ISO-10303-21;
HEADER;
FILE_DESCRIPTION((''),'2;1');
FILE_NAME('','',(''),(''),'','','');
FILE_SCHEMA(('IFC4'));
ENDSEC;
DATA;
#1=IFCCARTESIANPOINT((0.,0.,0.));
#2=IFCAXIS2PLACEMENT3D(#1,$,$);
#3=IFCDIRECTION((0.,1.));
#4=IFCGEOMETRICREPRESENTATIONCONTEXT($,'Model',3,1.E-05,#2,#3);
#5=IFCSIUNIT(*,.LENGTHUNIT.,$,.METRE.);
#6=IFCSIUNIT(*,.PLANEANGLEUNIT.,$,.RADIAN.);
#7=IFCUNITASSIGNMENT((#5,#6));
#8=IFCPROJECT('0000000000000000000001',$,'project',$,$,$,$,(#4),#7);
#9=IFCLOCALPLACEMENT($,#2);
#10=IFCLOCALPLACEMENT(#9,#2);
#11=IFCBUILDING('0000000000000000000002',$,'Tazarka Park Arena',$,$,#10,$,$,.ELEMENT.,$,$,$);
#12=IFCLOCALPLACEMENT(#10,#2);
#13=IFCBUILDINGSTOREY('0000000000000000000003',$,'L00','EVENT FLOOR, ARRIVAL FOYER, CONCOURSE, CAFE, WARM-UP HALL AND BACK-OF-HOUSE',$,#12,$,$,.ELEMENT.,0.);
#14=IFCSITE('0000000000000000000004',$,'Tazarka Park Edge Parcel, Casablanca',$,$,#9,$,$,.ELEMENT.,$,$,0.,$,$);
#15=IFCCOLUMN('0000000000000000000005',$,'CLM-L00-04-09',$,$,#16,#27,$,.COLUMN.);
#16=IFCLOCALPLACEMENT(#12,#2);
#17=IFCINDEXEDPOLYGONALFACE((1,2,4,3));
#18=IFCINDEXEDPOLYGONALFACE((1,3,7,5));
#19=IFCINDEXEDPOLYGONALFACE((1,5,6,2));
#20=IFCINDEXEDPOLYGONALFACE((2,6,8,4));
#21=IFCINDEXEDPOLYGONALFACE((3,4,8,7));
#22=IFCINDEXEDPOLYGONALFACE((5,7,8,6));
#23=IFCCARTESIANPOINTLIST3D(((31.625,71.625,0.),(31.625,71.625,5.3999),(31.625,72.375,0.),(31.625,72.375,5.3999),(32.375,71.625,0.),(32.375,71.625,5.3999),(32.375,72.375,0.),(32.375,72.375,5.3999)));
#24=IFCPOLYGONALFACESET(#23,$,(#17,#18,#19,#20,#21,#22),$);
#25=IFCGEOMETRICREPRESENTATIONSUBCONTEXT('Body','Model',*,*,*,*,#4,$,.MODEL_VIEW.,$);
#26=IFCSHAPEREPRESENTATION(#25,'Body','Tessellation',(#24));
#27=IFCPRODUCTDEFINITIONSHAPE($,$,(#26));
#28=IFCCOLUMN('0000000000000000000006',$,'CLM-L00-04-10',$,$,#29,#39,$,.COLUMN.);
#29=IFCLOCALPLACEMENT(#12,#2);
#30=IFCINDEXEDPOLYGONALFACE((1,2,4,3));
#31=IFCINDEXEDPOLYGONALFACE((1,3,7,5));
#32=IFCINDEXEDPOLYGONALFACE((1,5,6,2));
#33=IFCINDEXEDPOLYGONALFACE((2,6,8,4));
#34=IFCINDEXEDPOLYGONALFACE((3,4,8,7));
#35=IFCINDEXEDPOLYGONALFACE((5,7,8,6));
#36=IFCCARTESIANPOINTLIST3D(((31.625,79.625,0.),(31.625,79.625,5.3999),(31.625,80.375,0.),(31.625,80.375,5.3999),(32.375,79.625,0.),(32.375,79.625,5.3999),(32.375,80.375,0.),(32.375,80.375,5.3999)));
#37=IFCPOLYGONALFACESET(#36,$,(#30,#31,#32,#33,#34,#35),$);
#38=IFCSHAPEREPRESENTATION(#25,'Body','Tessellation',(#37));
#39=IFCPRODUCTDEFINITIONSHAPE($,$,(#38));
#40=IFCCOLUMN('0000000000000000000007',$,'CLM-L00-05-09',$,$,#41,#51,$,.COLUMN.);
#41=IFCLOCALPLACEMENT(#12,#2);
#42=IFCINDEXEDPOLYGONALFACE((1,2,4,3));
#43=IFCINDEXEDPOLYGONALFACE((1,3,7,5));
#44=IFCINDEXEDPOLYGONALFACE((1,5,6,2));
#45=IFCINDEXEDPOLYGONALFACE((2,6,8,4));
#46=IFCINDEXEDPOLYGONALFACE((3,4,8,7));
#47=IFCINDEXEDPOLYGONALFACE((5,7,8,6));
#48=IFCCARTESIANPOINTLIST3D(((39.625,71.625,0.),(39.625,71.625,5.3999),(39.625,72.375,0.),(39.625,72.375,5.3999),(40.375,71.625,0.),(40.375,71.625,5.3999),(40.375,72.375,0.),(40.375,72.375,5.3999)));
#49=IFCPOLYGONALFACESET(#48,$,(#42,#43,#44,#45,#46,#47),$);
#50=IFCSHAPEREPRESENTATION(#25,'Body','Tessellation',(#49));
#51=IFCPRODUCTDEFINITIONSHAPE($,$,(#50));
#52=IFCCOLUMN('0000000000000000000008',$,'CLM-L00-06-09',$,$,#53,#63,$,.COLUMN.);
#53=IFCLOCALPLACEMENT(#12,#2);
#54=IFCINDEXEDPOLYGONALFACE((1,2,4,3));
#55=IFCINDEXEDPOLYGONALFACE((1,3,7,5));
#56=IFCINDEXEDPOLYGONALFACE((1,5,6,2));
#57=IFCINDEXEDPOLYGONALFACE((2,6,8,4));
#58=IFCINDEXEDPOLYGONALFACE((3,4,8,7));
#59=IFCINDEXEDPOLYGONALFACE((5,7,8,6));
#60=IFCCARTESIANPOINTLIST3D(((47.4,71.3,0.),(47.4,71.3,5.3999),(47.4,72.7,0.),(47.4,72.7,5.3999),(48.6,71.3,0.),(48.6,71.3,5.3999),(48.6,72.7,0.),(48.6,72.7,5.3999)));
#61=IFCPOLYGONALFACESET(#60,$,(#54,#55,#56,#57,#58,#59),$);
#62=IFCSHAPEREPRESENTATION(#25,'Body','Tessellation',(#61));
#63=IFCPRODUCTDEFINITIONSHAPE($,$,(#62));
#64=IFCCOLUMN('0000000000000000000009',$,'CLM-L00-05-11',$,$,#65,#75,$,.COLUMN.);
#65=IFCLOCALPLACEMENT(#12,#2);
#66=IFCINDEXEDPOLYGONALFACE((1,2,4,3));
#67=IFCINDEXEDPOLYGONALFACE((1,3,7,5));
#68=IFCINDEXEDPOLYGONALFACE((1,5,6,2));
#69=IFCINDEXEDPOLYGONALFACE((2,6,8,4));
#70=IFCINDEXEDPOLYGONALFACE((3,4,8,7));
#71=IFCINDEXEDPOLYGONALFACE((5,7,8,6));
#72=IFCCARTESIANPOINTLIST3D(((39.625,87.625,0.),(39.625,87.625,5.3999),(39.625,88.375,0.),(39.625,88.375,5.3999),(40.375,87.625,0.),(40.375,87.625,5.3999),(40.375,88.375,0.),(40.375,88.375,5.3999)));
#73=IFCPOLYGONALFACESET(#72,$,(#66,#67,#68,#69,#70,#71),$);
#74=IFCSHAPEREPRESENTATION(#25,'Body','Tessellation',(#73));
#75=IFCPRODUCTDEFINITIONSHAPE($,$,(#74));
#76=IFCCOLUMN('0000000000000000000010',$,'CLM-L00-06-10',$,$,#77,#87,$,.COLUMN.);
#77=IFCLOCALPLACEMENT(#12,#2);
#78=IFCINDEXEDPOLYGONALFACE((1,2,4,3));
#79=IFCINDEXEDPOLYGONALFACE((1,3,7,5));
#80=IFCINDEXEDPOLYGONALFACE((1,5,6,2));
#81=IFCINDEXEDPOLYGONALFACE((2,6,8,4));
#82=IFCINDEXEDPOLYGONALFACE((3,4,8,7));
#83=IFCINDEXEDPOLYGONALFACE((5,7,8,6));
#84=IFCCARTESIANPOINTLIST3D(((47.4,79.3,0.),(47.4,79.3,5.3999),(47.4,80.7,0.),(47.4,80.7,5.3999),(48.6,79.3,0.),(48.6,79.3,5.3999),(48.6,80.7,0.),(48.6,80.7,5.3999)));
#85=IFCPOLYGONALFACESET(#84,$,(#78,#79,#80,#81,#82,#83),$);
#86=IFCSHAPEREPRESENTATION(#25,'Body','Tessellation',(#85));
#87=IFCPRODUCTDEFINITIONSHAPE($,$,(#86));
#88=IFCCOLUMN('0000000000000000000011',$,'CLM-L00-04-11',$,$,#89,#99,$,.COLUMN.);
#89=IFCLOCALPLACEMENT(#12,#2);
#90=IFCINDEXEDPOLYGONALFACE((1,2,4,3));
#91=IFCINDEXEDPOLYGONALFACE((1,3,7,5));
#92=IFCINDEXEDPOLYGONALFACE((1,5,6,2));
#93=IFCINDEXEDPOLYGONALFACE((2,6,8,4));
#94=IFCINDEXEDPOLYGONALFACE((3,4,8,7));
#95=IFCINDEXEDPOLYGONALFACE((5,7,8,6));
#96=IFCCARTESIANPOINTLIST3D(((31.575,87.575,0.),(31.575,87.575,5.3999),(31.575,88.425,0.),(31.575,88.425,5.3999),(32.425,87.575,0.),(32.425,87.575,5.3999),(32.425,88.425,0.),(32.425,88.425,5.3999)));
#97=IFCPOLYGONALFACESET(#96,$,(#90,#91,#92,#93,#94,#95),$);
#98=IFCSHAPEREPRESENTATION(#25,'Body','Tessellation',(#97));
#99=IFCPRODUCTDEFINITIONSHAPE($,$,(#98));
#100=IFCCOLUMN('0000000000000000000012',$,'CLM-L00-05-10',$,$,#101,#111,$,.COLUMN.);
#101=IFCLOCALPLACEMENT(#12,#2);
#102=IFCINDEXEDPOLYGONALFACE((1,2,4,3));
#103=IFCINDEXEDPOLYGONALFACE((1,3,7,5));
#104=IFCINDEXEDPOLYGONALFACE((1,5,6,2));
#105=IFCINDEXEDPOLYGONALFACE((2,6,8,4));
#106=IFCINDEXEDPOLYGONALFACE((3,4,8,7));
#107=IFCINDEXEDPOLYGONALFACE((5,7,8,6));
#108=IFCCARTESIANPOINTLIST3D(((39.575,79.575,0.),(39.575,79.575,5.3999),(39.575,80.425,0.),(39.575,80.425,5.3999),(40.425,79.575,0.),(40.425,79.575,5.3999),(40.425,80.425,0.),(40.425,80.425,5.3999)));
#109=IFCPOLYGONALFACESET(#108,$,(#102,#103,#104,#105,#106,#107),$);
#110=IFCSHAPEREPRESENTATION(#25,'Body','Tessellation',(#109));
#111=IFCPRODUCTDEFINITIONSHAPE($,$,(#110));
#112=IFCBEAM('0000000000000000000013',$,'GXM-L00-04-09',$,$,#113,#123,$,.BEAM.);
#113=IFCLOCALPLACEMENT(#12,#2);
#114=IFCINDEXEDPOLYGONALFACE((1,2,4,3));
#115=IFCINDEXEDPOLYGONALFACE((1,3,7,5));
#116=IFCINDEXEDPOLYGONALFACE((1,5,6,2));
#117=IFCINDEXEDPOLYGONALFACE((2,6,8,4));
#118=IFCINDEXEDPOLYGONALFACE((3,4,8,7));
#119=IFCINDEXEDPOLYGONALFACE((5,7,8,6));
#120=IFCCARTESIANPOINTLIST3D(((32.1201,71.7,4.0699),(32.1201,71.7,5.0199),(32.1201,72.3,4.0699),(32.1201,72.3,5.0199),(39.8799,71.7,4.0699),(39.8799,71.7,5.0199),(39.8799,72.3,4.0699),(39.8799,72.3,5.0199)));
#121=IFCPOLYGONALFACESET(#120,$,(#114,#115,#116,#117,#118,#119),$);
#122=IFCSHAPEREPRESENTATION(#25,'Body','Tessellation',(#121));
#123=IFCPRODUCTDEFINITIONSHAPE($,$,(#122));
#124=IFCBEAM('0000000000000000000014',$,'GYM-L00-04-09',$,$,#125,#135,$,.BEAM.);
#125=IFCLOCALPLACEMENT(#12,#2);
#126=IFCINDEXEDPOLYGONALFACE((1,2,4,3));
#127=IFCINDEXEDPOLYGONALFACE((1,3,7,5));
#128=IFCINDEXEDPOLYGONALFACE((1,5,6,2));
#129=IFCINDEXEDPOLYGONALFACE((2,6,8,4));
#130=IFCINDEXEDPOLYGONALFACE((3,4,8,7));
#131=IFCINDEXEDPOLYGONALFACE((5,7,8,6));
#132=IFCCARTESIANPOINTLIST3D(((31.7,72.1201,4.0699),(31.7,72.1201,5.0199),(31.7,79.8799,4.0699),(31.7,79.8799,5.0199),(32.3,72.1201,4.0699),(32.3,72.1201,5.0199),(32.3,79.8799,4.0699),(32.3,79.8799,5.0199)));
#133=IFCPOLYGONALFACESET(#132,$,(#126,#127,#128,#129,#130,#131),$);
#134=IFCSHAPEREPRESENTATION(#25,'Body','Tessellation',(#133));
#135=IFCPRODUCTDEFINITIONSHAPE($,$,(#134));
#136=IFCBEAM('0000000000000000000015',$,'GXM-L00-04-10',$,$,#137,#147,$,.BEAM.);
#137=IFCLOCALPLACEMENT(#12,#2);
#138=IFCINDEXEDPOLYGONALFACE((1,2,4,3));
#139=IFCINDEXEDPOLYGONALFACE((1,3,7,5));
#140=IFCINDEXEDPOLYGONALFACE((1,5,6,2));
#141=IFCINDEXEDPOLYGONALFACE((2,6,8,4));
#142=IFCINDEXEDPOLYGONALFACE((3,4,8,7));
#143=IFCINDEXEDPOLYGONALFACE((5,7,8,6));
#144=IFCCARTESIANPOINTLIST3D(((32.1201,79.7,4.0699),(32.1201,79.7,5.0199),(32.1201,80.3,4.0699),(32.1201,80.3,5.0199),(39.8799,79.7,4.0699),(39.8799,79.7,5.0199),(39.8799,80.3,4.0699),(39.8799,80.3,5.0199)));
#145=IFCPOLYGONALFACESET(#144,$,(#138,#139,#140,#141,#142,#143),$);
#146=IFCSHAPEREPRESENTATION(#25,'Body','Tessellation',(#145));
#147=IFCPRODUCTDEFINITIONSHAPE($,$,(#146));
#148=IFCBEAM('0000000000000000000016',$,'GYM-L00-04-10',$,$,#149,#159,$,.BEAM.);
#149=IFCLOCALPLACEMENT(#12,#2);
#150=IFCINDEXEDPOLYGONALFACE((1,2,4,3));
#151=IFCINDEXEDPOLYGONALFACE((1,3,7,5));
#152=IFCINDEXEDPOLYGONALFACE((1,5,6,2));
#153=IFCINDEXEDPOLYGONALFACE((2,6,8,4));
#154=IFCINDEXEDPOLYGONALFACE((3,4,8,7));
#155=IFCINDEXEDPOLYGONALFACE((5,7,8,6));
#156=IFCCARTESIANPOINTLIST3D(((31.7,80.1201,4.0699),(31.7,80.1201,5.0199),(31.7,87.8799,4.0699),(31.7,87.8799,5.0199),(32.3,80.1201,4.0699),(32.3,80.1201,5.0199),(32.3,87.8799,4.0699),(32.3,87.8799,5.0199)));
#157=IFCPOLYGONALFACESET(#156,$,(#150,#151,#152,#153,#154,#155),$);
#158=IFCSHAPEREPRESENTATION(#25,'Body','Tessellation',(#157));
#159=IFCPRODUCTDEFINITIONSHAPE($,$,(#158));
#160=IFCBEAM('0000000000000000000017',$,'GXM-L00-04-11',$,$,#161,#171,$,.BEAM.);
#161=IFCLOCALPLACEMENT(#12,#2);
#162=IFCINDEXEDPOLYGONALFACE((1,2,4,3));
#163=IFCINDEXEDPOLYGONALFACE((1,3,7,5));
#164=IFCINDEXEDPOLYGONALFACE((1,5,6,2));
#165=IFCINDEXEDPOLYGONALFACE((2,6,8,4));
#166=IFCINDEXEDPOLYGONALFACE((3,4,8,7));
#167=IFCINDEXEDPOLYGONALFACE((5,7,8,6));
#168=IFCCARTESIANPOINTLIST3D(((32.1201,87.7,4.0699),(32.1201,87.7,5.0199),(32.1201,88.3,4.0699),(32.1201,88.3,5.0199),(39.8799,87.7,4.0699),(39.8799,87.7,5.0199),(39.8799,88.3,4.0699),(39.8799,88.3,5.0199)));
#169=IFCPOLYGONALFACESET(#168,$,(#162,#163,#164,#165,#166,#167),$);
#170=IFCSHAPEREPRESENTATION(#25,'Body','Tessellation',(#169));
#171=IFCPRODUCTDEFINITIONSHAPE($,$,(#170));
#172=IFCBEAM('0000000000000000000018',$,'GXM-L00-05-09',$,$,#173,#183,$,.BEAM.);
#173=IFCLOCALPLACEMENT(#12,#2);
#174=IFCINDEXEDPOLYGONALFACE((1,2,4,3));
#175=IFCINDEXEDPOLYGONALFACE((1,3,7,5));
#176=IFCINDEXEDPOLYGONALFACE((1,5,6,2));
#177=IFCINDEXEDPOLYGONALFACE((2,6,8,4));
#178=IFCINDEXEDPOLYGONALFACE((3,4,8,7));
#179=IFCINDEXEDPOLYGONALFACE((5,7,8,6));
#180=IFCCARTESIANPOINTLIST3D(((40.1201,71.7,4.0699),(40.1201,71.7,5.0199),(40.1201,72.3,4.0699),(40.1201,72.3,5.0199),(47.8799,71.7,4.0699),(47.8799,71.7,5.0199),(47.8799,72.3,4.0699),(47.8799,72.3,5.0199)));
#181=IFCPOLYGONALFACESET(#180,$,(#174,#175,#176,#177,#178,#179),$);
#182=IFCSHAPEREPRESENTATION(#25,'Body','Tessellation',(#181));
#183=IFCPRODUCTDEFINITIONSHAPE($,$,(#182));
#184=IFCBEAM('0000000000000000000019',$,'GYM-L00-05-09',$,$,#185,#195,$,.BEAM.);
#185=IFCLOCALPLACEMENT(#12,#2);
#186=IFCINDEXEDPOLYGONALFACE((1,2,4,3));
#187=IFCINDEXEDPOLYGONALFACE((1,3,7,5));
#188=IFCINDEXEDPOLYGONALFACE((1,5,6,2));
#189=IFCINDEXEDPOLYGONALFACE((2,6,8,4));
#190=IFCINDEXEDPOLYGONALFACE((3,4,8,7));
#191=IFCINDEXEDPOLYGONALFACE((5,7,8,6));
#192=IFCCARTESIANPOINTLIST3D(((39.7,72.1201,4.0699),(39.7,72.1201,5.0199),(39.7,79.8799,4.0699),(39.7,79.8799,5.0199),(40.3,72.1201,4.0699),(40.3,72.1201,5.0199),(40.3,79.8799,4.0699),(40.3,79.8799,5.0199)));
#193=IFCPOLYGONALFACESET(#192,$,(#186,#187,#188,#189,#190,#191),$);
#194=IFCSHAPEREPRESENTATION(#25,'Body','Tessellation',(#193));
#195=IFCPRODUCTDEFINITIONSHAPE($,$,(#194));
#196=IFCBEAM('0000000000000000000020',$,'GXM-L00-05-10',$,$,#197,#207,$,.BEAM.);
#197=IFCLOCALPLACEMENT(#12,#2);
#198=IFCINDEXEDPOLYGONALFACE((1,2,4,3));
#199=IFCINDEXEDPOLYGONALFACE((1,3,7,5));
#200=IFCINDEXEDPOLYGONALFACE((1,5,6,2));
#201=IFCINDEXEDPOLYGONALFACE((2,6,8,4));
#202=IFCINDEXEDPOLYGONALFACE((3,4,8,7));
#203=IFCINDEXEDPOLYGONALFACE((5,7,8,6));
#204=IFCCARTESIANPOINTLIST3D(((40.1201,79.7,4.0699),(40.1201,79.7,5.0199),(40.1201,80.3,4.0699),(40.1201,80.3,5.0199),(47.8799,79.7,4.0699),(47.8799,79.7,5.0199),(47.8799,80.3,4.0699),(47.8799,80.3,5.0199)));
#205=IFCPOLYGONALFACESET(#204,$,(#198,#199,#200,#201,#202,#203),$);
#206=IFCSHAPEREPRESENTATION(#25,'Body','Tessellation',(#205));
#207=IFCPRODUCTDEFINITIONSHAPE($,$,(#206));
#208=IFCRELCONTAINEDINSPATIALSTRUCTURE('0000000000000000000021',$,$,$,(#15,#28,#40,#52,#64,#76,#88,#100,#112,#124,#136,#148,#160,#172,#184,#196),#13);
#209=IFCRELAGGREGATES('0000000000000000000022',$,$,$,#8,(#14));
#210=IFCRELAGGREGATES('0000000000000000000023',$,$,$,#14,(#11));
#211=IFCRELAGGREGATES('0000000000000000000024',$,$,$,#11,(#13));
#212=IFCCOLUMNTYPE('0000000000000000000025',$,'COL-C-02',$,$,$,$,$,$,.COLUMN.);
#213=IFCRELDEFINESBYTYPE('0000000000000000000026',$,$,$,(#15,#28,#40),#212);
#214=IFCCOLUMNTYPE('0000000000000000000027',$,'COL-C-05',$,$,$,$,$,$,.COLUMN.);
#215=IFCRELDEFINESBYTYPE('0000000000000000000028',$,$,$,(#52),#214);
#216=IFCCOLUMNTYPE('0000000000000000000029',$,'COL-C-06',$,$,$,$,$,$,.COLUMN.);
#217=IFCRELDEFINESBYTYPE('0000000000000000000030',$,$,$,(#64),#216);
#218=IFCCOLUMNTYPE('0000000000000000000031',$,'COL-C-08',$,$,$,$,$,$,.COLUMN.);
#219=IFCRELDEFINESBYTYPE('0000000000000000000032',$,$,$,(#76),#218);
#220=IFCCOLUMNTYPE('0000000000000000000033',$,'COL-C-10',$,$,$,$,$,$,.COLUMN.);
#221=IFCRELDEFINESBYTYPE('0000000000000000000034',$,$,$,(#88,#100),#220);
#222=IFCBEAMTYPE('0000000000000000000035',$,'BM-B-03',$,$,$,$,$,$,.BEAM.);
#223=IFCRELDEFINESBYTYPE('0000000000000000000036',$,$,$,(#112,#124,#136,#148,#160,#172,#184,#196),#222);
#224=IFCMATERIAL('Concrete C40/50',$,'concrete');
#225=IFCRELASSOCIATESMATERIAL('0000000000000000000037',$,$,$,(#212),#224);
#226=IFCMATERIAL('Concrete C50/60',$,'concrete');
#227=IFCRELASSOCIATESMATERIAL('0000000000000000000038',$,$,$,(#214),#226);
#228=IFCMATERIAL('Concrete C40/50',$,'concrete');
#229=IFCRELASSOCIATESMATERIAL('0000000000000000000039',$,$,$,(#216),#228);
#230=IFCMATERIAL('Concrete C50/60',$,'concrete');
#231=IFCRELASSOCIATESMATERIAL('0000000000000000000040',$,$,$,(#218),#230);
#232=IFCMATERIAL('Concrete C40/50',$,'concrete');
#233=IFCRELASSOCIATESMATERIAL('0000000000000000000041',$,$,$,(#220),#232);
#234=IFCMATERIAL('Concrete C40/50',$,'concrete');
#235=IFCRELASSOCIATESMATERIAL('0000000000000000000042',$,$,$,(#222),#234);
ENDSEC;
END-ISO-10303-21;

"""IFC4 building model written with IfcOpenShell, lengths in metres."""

from ifc_helpers import new_model, si_unit, direction, frame, origin, origin_2d, place, context, subcontext, project, spatial, rectangle, extrude, material, material_profile, profile_set, type_object, element, save


model = new_model("IFC4")

# Units and contexts
model_context = context("Model", 3, precision=1e-05, world=origin(), true_north=direction((0.0, 1.0)))
body_context = subcontext(model_context, "Body", "Model", "MODEL_VIEW")
ifc_project = project(units=[si_unit("LENGTHUNIT", "METRE"), si_unit("PLANEANGLEUNIT", "RADIAN")], contexts=[model_context])

# Site, building, storey
site_placement = place(None, origin())
site = spatial("IfcSite", under=ifc_project, at=site_placement, Name="Tazarka Park Edge Parcel, Casablanca", CompositionType="ELEMENT", RefElevation=0.0)
building_placement = place(site_placement, origin())
building = spatial("IfcBuilding", under=site, at=building_placement, Name="Tazarka Park Arena", CompositionType="ELEMENT")
storey_placement = place(building_placement, origin())
storey = spatial("IfcBuildingStorey", under=building, at=storey_placement, Name="L00", Description="EVENT FLOOR, ARRIVAL FOYER, CONCOURSE, CAFE, WARM-UP HALL AND BACK-OF-HOUSE", CompositionType="ELEMENT", Elevation=0.0)

# Columns
ifc_material_1 = material(Name="Concrete C40/50", Category="concrete")
ifc_material_profile_1 = material_profile(ifc_material_1, rectangle(XDim=0.75, YDim=0.75, at=origin_2d()), Name="Concrete C40/50")
ifc_profile_set_1 = profile_set([ifc_material_profile_1], Name="Concrete C40/50")
column_type_1 = type_object("IfcColumnType", Name="COL-C-02", PredefinedType="COLUMN", material=ifc_profile_set_1)
for number, where, z_axis, x_axis, name in (
    (1, (32.0, 72.0, 0.0), (0.0, 0.0, 1.0), (1.0, 0.0, 0.0), "CLM-L00-04-09"),
    (2, (32.0, 80.0, 0.0), (0.0, 0.0, 1.0), (1.0, 0.0, 0.0), "CLM-L00-04-10"),
    (3, (40.0, 72.0, 0.0), (0.0, 0.0, 1.0), (1.0, 0.0, 0.0), "CLM-L00-05-09"),
):
    element("IfcColumn", number, at=place(storey_placement, frame(where, z_axis=z_axis, x_axis=x_axis)), inside=storey, type_object=column_type_1, Name=name, PredefinedType="COLUMN", context=body_context, shape_type="SweptSolid", body=[
        extrude(rectangle(XDim=0.75, YDim=0.75, at=origin_2d()), origin(), (0.0, 0.0, 1.0), 5.3999),
    ])
ifc_material_2 = material(Name="Concrete C50/60", Category="concrete")
ifc_material_profile_2 = material_profile(ifc_material_2, rectangle(XDim=1.2, YDim=1.3999, at=origin_2d()), Name="Concrete C50/60")
ifc_profile_set_2 = profile_set([ifc_material_profile_2], Name="Concrete C50/60")
column_type_2 = type_object("IfcColumnType", Name="COL-C-05", PredefinedType="COLUMN", material=ifc_profile_set_2)
column_1_placement = place(storey_placement, frame((48.0, 72.0, 0.0), z_axis=(0.0, 0.0, 1.0), x_axis=(1.0, 0.0, 0.0)))
element("IfcColumn", 4, at=column_1_placement, inside=storey, type_object=column_type_2, Name="CLM-L00-06-09", PredefinedType="COLUMN", context=body_context, shape_type="SweptSolid", body=[
    extrude(rectangle(XDim=1.2, YDim=1.3999, at=origin_2d()), origin(), (0.0, 0.0, 1.0), 5.3999),
])
ifc_material_3 = material(Name="Concrete C40/50", Category="concrete")
ifc_material_profile_3 = material_profile(ifc_material_3, rectangle(XDim=0.75, YDim=0.75, at=origin_2d()), Name="Concrete C40/50")
ifc_profile_set_3 = profile_set([ifc_material_profile_3], Name="Concrete C40/50")
column_type_3 = type_object("IfcColumnType", Name="COL-C-06", PredefinedType="COLUMN", material=ifc_profile_set_3)
column_2_placement = place(storey_placement, frame((40.0, 88.0, 0.0), z_axis=(0.0, 0.0, 1.0), x_axis=(1.0, 0.0, 0.0)))
element("IfcColumn", 5, at=column_2_placement, inside=storey, type_object=column_type_3, Name="CLM-L00-05-11", PredefinedType="COLUMN", context=body_context, shape_type="SweptSolid", body=[
    extrude(rectangle(XDim=0.75, YDim=0.75, at=origin_2d()), origin(), (0.0, 0.0, 1.0), 5.3999),
])
ifc_material_4 = material(Name="Concrete C50/60", Category="concrete")
ifc_material_profile_4 = material_profile(ifc_material_4, rectangle(XDim=1.2, YDim=1.3999, at=origin_2d()), Name="Concrete C50/60")
ifc_profile_set_4 = profile_set([ifc_material_profile_4], Name="Concrete C50/60")
column_type_4 = type_object("IfcColumnType", Name="COL-C-08", PredefinedType="COLUMN", material=ifc_profile_set_4)
column_3_placement = place(storey_placement, frame((48.0, 80.0, 0.0), z_axis=(0.0, 0.0, 1.0), x_axis=(1.0, 0.0, 0.0)))
element("IfcColumn", 6, at=column_3_placement, inside=storey, type_object=column_type_4, Name="CLM-L00-06-10", PredefinedType="COLUMN", context=body_context, shape_type="SweptSolid", body=[
    extrude(rectangle(XDim=1.2, YDim=1.3999, at=origin_2d()), origin(), (0.0, 0.0, 1.0), 5.3999),
])
ifc_material_5 = material(Name="Concrete C40/50", Category="concrete")
ifc_material_profile_5 = material_profile(ifc_material_5, rectangle(XDim=0.8501, YDim=0.8501, at=origin_2d()), Name="Concrete C40/50")
ifc_profile_set_5 = profile_set([ifc_material_profile_5], Name="Concrete C40/50")
column_type_5 = type_object("IfcColumnType", Name="COL-C-10", PredefinedType="COLUMN", material=ifc_profile_set_5)
for number, where, z_axis, x_axis, name in (
    (7, (32.0, 88.0, 0.0), (0.0, 0.0, 1.0), (1.0, 0.0, 0.0), "CLM-L00-04-11"),
    (8, (40.0, 80.0, 0.0), (0.0, 0.0, 1.0), (1.0, 0.0, 0.0), "CLM-L00-05-10"),
):
    element("IfcColumn", number, at=place(storey_placement, frame(where, z_axis=z_axis, x_axis=x_axis)), inside=storey, type_object=column_type_5, Name=name, PredefinedType="COLUMN", context=body_context, shape_type="SweptSolid", body=[
        extrude(rectangle(XDim=0.8501, YDim=0.8501, at=origin_2d()), origin(), (0.0, 0.0, 1.0), 5.3999),
    ])

# Beams
ifc_material_6 = material(Name="Concrete C40/50", Category="concrete")
ifc_material_profile_6 = material_profile(ifc_material_6, rectangle(XDim=0.6001, YDim=0.95, at=origin_2d()), Name="Concrete C40/50")
ifc_profile_set_6 = profile_set([ifc_material_profile_6], Name="Concrete C40/50")
beam_type_1 = type_object("IfcBeamType", Name="BM-B-03", PredefinedType="BEAM", material=ifc_profile_set_6)
for number, where, z_axis, x_axis, name in (
    (9, (32.1201, 72.0, 4.5449), (1.0, 0.0, 0.0), (0.0, 1.0, 0.0), "GXM-L00-04-09"),
    (10, (32.0, 72.1201, 4.5449), (0.0, 1.0, 0.0), (-1.0, 0.0, 0.0), "GYM-L00-04-09"),
    (11, (32.1201, 80.0, 4.5449), (1.0, 0.0, 0.0), (0.0, 1.0, 0.0), "GXM-L00-04-10"),
    (12, (32.0, 80.1201, 4.5449), (0.0, 1.0, 0.0), (-1.0, 0.0, 0.0), "GYM-L00-04-10"),
    (13, (32.1201, 88.0, 4.5449), (1.0, 0.0, 0.0), (0.0, 1.0, 0.0), "GXM-L00-04-11"),
    (14, (40.1201, 72.0, 4.5449), (1.0, 0.0, 0.0), (0.0, 1.0, 0.0), "GXM-L00-05-09"),
    (15, (40.0, 72.1201, 4.5449), (0.0, 1.0, 0.0), (-1.0, 0.0, 0.0), "GYM-L00-05-09"),
    (16, (40.1201, 80.0, 4.5449), (1.0, 0.0, 0.0), (0.0, 1.0, 0.0), "GXM-L00-05-10"),
):
    element("IfcBeam", number, at=place(storey_placement, frame(where, z_axis=z_axis, x_axis=x_axis)), inside=storey, type_object=beam_type_1, Name=name, PredefinedType="BEAM", context=body_context, shape_type="SweptSolid", body=[
        extrude(rectangle(XDim=0.6001, YDim=0.95, at=origin_2d()), origin(), (0.0, 0.0, 1.0), 7.7598),
    ])

save(model, "model.ifc")
